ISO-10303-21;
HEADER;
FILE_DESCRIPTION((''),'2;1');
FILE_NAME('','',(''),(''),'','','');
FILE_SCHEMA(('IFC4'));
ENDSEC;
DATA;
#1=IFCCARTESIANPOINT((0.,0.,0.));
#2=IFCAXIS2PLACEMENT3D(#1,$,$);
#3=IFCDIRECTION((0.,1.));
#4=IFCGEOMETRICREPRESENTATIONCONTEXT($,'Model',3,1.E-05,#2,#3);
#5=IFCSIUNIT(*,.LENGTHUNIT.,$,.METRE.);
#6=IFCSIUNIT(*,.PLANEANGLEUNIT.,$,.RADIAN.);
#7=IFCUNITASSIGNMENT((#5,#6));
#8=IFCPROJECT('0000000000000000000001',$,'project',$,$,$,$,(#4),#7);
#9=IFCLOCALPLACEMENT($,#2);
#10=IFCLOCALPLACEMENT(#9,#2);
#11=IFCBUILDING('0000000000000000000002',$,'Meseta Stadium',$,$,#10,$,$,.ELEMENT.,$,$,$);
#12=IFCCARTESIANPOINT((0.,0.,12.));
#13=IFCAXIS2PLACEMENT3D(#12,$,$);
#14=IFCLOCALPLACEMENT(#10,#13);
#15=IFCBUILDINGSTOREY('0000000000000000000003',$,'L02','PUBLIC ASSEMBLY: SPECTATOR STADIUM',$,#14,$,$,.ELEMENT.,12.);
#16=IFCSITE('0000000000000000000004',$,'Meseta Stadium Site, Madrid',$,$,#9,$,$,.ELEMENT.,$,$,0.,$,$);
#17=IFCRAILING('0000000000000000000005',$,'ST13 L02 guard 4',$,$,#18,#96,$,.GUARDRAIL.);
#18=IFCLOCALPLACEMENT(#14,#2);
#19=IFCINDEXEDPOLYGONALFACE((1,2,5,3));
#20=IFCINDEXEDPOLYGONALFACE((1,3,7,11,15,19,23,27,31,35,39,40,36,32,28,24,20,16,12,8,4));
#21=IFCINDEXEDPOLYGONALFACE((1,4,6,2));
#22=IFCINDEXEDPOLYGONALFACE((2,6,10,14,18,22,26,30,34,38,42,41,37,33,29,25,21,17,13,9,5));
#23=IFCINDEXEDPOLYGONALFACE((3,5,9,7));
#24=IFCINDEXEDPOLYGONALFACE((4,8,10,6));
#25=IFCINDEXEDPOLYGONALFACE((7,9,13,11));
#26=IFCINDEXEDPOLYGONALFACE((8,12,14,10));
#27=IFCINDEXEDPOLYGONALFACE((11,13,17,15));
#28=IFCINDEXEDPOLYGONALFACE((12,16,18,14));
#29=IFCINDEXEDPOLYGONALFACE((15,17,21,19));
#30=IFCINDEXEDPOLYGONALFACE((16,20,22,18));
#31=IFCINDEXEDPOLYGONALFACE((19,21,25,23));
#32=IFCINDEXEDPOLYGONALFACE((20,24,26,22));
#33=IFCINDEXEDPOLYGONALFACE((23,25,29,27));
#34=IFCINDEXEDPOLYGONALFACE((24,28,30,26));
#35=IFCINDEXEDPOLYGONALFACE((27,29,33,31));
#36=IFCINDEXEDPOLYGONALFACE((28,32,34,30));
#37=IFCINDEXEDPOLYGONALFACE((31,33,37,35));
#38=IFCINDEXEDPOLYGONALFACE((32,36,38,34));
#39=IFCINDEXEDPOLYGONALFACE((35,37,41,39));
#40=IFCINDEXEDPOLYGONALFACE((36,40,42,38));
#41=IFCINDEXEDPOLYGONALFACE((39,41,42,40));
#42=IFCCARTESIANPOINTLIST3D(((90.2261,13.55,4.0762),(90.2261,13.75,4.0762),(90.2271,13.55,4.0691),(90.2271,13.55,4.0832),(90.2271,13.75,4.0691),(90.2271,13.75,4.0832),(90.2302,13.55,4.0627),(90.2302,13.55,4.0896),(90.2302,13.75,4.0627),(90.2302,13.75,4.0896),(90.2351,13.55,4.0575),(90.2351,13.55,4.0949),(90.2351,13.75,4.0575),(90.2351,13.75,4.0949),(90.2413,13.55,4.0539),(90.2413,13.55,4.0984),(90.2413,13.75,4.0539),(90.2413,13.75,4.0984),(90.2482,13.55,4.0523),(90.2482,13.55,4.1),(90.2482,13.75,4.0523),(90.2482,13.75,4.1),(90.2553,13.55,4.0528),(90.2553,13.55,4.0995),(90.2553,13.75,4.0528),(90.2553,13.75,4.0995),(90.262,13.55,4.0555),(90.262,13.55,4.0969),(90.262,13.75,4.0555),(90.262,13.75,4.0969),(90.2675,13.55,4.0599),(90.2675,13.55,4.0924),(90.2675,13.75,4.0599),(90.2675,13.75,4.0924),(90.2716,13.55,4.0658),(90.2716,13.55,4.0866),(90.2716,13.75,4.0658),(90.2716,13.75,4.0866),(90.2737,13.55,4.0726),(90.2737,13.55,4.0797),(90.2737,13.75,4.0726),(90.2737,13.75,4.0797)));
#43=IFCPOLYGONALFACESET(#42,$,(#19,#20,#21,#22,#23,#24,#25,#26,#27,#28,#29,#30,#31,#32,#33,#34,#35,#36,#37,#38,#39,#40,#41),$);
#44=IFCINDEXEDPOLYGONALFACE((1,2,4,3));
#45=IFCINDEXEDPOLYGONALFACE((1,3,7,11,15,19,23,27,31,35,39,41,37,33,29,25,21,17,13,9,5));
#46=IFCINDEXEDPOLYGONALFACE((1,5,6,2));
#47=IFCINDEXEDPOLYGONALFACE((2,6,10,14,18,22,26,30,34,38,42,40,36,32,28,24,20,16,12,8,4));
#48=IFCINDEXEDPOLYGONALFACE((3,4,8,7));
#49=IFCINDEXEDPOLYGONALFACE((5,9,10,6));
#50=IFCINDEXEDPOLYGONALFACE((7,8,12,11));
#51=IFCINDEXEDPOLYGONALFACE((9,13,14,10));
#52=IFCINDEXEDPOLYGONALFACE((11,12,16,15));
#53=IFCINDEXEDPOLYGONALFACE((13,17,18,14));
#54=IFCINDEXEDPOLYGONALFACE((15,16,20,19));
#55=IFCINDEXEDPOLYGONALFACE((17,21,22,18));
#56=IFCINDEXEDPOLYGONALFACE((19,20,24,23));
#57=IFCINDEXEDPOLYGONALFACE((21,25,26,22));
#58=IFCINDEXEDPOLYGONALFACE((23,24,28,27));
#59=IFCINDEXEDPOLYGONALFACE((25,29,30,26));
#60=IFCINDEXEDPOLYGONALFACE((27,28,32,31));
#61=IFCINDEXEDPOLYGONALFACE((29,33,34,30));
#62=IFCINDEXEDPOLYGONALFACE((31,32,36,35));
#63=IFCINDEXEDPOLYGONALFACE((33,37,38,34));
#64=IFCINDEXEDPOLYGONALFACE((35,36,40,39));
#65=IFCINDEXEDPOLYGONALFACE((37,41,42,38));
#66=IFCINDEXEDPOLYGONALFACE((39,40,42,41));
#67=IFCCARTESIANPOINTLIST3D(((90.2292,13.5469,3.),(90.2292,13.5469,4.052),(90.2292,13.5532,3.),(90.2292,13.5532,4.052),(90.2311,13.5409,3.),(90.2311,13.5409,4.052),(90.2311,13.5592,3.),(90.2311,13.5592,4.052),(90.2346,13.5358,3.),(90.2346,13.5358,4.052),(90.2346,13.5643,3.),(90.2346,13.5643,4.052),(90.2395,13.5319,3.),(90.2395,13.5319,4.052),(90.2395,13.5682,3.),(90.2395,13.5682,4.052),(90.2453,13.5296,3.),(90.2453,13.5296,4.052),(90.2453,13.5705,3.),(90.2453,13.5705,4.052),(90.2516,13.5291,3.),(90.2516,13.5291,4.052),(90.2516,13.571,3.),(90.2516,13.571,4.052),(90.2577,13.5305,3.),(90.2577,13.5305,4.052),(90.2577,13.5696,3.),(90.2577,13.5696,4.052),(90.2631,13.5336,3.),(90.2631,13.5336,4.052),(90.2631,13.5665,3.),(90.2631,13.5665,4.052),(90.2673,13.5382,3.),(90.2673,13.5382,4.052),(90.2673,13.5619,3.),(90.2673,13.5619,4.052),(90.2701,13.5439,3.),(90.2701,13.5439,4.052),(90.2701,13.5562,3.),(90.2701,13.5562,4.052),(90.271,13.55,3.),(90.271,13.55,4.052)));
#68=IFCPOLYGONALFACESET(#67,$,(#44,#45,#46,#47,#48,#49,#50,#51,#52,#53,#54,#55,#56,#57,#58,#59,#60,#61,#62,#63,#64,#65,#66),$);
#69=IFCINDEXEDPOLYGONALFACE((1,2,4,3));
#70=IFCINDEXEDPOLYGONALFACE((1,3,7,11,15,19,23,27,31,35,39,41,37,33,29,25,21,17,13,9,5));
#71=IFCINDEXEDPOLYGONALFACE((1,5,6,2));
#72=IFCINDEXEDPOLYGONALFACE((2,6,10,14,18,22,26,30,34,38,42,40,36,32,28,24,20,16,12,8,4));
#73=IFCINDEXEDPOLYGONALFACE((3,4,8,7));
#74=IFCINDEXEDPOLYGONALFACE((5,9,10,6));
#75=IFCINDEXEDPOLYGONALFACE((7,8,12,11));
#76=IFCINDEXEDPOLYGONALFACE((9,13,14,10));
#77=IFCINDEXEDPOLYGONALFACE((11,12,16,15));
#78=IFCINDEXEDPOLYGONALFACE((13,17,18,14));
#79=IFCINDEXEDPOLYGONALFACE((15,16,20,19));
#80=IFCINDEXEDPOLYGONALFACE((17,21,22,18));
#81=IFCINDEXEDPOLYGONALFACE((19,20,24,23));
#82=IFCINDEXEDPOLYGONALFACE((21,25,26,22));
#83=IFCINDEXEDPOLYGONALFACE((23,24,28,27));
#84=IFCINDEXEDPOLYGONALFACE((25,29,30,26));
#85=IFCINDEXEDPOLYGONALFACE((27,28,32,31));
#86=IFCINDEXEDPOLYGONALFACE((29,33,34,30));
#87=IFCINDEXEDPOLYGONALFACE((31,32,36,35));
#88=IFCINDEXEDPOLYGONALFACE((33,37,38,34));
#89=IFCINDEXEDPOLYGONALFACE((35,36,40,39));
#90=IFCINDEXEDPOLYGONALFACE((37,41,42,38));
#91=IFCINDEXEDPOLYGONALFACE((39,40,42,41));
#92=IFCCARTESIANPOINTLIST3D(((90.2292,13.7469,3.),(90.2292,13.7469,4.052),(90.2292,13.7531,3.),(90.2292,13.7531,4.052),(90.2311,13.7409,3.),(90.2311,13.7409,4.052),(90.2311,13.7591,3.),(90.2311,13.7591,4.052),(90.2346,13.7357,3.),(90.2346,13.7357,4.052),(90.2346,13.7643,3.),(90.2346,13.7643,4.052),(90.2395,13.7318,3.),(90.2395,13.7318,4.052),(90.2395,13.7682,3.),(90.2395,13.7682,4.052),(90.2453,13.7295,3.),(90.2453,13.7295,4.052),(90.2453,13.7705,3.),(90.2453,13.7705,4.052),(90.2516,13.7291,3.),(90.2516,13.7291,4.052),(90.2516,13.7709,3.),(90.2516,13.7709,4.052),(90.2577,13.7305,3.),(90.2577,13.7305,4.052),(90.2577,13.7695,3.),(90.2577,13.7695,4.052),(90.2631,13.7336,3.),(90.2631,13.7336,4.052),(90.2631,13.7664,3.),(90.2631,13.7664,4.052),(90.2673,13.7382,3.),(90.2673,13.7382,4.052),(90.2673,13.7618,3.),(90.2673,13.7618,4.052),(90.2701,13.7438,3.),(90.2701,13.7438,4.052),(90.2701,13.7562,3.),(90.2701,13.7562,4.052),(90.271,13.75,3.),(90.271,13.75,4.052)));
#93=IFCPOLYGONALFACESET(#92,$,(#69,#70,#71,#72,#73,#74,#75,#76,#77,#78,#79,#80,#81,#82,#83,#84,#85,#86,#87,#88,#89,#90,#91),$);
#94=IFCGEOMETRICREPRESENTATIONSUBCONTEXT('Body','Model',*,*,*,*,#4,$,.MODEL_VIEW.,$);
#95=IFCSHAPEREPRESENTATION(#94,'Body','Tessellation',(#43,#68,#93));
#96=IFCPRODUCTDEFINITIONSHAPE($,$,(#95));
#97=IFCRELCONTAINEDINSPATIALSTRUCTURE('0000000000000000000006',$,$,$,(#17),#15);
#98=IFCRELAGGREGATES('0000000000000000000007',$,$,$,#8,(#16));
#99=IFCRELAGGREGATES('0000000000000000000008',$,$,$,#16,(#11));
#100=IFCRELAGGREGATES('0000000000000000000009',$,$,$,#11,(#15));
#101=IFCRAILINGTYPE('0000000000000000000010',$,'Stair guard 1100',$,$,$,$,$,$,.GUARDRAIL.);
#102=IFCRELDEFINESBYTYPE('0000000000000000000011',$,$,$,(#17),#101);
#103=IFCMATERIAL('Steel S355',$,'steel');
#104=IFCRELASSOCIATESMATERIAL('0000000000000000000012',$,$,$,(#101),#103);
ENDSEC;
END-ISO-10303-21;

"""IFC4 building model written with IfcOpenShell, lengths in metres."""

from ifc_helpers import new_model, si_unit, direction, frame, origin, origin_2d, place, context, subcontext, project, spatial, circle, extrude, material, type_object, element, save


model = new_model("IFC4")

# Units and contexts
model_context = context("Model", 3, precision=1e-05, world=origin(), true_north=direction((0.0, 1.0)))
body_context = subcontext(model_context, "Body", "Model", "MODEL_VIEW")
ifc_project = project(units=[si_unit("LENGTHUNIT", "METRE"), si_unit("PLANEANGLEUNIT", "RADIAN")], contexts=[model_context])

# Site, building, storey
site_placement = place(None, origin())
site = spatial("IfcSite", under=ifc_project, at=site_placement, Name="Meseta Stadium Site, Madrid", CompositionType="ELEMENT", RefElevation=0.0)
building_placement = place(site_placement, origin())
building = spatial("IfcBuilding", under=site, at=building_placement, Name="Meseta Stadium", CompositionType="ELEMENT")
storey_placement = place(building_placement, frame((0.0, 0.0, 12.0)))
storey = spatial("IfcBuildingStorey", under=building, at=storey_placement, Name="L02", Description="PUBLIC ASSEMBLY: SPECTATOR STADIUM", CompositionType="ELEMENT", Elevation=12.0)

# Railing
ifc_material_1 = material(Name="Steel S355", Category="steel")
railing_type_1 = type_object("IfcRailingType", Name="Stair guard 1100", PredefinedType="GUARDRAIL", material=ifc_material_1)
railing_1_placement = place(storey_placement, frame((90.25, 13.55, 3.0)))
element("IfcRailing", 1, at=railing_1_placement, inside=storey, type_object=railing_type_1, Name="ST13 L02 guard 4", PredefinedType="GUARDRAIL", context=body_context, shape_type="SweptSolid", body=[
    extrude(circle(Radius=0.0239, at=origin_2d()), frame((0.0, 0.0, 1.0762), z_axis=(0.0, 1.0, 0.0), x_axis=(-1.0, 0.0, 0.0)), (0.0, 0.0, 1.0), 0.2),
    extrude(circle(Radius=0.021, at=origin_2d()), origin(), (0.0, 0.0, 1.0), 1.052),
    extrude(circle(Radius=0.021, at=origin_2d()), frame((0.0, 0.2, 0.0)), (0.0, 0.0, 1.0), 1.052),
])

save(model, "model.ifc")
